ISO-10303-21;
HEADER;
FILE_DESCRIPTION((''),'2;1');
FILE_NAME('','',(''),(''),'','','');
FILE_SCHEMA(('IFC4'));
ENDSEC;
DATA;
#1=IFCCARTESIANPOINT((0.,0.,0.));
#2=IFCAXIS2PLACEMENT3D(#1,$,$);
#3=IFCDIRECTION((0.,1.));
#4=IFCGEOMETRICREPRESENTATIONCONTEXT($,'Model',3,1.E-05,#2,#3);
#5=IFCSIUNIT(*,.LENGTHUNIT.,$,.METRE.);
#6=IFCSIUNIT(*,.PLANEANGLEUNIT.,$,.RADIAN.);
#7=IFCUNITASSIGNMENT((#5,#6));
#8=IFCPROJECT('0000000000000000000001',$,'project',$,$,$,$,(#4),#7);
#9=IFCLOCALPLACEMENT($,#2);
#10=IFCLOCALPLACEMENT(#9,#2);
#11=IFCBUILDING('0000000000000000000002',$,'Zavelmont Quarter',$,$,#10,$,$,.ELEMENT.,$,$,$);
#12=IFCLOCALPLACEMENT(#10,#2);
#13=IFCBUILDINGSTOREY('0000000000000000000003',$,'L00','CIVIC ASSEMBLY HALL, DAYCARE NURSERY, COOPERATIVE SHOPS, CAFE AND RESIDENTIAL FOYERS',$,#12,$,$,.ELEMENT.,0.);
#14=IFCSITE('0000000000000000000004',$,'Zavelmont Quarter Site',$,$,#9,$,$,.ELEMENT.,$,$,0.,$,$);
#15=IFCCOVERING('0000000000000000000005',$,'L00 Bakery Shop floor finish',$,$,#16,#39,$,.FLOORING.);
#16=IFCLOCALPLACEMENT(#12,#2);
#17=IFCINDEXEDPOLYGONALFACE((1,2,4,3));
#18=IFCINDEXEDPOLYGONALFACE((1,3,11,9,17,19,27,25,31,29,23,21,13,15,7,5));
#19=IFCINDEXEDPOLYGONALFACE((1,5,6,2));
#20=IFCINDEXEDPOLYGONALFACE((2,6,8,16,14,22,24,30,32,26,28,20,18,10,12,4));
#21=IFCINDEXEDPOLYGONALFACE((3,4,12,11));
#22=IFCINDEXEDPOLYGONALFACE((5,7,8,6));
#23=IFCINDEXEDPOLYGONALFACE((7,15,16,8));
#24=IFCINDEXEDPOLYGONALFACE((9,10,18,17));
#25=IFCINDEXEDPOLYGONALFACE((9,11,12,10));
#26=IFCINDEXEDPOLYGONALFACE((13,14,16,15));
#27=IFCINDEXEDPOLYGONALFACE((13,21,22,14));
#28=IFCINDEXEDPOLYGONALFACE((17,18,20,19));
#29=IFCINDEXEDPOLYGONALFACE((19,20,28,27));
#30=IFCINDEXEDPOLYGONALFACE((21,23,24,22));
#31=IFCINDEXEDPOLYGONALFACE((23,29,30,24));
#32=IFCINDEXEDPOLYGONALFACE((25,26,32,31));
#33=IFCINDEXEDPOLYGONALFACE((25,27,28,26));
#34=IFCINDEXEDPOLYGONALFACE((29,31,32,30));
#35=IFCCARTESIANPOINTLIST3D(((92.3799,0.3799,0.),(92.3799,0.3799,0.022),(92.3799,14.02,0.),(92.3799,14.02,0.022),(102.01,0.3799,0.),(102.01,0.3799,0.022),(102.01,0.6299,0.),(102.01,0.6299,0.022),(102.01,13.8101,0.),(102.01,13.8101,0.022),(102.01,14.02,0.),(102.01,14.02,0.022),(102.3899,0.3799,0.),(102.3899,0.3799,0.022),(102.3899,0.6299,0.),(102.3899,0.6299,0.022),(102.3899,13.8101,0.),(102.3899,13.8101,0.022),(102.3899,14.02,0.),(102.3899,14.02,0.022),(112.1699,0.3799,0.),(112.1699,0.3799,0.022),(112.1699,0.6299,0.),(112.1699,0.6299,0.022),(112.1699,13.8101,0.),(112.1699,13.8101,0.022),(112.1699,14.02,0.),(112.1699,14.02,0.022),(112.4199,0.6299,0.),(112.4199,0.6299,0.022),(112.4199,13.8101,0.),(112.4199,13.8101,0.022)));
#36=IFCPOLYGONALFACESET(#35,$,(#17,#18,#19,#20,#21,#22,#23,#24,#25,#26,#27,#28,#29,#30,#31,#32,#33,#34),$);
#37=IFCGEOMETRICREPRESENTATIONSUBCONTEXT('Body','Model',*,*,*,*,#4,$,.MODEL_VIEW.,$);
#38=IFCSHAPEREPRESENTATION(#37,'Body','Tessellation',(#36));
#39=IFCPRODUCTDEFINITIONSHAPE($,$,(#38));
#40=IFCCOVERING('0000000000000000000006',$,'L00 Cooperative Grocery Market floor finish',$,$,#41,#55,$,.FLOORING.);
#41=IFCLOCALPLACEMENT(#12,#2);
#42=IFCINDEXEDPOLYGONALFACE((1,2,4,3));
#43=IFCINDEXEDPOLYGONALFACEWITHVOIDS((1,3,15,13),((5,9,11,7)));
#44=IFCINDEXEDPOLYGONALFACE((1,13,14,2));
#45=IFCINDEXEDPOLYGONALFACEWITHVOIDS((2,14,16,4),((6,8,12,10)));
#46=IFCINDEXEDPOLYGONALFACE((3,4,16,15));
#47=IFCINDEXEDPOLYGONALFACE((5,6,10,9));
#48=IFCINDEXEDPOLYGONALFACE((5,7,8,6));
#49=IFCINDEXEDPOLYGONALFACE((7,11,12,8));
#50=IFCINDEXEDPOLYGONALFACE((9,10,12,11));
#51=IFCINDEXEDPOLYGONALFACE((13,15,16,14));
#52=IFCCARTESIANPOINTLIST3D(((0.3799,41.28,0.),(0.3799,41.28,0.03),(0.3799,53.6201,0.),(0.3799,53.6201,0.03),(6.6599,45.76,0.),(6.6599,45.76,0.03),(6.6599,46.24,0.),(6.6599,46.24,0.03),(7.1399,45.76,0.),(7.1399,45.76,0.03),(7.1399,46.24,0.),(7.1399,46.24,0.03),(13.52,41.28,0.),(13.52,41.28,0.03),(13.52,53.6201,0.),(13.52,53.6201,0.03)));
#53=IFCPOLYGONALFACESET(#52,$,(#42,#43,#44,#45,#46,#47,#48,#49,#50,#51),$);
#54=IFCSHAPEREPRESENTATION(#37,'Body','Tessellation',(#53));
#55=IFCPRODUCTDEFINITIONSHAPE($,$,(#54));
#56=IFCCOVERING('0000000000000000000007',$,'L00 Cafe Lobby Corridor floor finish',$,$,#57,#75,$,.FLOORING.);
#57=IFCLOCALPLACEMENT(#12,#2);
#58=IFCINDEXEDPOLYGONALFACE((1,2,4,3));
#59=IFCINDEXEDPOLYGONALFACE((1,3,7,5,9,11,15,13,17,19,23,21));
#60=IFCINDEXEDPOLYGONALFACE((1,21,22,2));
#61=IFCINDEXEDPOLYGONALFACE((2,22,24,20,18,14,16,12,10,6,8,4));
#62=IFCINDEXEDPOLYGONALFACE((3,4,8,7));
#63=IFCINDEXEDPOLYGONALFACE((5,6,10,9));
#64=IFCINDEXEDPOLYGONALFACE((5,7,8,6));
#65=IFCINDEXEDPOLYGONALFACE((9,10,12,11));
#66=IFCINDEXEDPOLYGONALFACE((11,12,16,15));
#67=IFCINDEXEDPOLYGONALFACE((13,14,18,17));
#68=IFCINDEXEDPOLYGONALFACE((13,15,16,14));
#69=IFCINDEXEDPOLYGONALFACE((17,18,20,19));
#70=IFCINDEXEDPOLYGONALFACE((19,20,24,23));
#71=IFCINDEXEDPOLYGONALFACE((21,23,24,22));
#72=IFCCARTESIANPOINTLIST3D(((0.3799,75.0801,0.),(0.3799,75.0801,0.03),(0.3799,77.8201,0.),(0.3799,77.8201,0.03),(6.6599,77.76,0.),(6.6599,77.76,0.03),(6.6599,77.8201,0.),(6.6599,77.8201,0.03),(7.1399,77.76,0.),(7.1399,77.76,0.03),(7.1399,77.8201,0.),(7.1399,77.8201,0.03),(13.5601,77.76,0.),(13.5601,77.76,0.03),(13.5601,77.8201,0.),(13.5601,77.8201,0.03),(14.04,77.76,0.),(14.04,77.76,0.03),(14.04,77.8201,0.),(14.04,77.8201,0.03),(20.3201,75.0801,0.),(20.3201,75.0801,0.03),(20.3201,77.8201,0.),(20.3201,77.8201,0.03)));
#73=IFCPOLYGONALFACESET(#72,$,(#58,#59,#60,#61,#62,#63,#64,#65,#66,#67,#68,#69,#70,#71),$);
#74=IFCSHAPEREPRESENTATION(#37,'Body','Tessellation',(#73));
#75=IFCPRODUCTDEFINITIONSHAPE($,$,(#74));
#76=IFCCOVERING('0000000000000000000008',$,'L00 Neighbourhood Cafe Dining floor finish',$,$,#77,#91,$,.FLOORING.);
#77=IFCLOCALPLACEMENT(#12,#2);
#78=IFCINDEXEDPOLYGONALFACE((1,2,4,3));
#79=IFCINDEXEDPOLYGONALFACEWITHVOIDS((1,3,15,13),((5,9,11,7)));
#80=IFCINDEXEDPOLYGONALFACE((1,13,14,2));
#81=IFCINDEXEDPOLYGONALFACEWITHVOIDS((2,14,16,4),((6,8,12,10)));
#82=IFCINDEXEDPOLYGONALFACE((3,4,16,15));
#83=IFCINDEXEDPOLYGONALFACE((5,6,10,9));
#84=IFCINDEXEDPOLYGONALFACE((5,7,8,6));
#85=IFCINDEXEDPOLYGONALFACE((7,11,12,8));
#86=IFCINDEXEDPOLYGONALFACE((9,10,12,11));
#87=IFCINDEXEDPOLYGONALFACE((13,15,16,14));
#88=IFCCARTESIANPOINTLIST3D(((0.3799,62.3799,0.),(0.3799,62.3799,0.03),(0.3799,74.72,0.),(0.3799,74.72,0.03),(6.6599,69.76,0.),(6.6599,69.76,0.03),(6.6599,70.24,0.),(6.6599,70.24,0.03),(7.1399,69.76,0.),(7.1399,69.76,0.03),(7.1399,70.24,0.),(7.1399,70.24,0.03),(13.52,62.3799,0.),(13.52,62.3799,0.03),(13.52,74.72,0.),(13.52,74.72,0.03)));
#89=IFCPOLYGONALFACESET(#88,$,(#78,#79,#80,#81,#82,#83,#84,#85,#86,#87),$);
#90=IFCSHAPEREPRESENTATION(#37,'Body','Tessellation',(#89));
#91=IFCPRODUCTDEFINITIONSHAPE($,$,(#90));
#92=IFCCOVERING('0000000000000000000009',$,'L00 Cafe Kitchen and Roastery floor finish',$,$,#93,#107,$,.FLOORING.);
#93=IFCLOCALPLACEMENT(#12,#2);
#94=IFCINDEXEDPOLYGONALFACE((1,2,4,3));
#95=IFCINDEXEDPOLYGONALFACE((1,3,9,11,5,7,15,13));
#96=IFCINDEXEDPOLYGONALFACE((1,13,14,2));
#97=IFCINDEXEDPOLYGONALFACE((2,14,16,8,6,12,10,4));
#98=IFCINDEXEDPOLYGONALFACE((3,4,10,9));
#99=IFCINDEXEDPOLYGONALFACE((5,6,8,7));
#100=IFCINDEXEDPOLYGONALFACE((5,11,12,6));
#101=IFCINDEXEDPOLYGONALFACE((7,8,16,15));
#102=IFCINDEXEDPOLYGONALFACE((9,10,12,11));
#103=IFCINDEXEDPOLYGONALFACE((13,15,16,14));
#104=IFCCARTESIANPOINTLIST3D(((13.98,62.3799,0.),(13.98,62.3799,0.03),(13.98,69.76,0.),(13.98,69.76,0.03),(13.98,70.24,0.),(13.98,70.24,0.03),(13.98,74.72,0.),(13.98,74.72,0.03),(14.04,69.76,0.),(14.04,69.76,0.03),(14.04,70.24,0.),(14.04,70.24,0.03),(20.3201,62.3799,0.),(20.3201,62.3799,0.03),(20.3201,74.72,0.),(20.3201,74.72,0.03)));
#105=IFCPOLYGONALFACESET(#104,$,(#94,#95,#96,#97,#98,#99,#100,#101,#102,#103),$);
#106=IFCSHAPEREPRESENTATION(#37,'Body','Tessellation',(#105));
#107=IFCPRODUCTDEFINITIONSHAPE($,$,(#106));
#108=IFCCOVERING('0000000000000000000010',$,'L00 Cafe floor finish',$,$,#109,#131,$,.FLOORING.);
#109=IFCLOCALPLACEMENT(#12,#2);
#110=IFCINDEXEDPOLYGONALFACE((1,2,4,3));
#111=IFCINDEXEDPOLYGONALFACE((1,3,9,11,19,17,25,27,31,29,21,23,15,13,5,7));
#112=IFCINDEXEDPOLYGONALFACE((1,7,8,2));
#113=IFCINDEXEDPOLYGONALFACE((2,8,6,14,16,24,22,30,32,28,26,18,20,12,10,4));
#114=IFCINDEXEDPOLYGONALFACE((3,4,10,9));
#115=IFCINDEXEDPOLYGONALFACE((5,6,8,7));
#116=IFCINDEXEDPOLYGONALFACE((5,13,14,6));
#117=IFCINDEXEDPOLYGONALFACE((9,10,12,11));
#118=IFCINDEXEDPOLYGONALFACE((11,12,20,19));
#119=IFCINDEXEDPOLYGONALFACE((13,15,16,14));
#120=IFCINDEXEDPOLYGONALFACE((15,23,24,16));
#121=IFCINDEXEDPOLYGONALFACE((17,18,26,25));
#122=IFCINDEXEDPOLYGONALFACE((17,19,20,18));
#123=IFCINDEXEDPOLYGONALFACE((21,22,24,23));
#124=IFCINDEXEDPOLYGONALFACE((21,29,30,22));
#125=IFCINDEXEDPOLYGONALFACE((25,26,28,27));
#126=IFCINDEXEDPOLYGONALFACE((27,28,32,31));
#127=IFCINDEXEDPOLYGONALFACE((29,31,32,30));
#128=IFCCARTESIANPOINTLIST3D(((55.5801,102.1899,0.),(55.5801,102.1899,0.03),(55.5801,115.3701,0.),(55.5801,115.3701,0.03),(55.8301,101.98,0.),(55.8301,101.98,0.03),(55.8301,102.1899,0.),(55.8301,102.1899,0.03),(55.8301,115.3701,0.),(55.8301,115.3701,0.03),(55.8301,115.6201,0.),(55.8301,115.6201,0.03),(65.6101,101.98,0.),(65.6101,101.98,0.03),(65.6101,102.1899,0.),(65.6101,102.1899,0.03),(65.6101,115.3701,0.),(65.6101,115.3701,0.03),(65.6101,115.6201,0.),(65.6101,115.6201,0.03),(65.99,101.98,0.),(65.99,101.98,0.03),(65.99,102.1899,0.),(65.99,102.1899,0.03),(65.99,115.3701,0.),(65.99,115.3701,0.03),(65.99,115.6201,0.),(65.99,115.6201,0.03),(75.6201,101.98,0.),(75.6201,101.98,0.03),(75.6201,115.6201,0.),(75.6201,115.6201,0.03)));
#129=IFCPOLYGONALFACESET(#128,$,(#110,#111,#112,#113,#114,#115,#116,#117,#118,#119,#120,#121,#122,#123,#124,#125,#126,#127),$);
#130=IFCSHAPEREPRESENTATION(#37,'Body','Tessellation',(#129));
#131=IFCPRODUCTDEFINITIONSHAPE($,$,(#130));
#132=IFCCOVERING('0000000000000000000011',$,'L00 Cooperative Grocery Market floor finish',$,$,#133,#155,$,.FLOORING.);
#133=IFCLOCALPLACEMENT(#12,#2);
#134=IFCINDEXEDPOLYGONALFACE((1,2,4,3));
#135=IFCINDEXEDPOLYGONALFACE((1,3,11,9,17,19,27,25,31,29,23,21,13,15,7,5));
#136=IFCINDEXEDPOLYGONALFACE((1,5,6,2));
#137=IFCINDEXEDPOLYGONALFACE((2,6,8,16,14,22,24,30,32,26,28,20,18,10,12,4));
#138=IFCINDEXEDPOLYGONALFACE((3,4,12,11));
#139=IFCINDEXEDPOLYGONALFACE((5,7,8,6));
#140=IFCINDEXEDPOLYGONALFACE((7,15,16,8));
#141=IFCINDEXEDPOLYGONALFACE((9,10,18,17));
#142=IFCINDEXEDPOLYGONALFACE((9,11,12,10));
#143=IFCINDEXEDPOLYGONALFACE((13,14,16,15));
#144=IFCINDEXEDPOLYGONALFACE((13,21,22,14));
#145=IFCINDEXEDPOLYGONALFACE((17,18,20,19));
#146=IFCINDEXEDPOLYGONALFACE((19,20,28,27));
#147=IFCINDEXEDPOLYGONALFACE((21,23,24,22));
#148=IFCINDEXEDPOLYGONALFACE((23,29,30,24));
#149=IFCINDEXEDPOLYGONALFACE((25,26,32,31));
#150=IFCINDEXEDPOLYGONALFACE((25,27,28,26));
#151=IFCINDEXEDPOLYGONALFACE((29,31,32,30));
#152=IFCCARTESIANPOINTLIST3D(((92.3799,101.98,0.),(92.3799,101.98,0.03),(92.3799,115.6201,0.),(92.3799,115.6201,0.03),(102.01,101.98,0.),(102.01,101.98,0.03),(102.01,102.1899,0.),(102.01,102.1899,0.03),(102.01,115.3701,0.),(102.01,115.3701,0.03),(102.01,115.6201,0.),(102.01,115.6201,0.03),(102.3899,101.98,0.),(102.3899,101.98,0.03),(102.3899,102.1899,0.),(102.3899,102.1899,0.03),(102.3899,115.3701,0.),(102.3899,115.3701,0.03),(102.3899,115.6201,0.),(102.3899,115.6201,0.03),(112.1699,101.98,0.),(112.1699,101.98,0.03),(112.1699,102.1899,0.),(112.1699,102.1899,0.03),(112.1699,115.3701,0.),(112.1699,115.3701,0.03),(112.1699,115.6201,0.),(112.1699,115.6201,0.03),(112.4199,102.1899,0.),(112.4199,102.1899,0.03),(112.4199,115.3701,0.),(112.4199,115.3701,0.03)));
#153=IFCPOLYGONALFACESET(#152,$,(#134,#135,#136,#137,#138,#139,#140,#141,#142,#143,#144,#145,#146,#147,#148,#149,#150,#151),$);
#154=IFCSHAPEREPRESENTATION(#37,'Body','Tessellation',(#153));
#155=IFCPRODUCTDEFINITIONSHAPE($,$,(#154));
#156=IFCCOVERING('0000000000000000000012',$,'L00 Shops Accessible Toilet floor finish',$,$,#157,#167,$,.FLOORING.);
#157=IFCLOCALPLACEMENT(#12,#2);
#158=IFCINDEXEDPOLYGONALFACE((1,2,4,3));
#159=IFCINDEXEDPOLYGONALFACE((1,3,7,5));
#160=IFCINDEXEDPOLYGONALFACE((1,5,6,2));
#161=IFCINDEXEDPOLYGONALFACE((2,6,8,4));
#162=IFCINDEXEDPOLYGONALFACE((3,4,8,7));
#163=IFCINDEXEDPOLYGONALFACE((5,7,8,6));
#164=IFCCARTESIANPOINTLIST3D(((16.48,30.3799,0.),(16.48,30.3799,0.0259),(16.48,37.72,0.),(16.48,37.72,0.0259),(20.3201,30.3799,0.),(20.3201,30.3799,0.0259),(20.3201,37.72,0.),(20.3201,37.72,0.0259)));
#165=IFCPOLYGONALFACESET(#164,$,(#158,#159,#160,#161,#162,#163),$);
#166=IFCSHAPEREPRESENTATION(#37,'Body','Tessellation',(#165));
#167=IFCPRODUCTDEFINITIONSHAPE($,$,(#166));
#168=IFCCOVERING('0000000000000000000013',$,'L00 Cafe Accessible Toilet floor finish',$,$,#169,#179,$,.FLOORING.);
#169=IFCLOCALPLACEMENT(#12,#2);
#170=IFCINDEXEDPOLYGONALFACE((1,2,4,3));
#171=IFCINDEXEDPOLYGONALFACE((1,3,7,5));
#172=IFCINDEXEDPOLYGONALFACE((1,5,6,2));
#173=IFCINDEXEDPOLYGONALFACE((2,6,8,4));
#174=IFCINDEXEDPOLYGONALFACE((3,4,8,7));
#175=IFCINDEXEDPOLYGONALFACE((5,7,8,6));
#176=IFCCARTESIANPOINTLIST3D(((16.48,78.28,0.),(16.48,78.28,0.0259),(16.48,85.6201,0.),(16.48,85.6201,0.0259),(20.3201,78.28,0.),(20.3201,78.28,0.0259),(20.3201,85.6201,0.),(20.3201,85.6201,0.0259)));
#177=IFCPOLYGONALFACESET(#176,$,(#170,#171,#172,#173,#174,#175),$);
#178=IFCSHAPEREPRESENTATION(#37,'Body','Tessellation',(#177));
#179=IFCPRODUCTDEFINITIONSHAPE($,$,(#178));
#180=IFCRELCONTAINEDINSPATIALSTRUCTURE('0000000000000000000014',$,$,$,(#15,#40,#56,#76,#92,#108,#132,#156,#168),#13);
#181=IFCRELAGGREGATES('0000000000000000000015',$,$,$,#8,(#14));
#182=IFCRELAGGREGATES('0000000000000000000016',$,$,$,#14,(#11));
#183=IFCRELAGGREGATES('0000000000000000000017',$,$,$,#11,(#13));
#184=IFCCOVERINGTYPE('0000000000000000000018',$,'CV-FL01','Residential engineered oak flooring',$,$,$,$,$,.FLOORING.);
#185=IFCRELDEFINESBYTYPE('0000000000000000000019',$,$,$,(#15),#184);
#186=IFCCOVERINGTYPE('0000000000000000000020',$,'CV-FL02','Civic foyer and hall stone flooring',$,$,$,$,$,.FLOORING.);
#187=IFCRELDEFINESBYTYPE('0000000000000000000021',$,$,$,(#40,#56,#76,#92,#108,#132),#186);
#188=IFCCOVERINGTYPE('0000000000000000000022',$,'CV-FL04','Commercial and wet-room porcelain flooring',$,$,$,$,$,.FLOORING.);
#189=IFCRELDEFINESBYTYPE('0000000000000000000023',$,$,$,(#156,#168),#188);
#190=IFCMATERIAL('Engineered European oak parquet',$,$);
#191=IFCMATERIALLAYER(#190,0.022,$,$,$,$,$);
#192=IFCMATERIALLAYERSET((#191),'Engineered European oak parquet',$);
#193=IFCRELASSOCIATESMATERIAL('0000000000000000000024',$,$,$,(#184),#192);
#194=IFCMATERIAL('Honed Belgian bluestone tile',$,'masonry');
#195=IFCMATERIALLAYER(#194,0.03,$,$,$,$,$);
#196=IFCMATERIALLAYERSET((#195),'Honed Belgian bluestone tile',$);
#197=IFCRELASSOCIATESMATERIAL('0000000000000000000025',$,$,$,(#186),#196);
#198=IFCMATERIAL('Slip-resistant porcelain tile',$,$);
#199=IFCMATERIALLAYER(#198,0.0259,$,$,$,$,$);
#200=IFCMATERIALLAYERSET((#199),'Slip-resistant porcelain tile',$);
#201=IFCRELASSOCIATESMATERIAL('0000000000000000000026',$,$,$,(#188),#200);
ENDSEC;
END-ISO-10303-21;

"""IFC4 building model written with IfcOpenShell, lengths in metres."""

from ifc_helpers import new_model, si_unit, direction, origin, place, context, subcontext, project, spatial, polyline, outline, extrude, material, layer, layer_set, type_object, element, save


model = new_model("IFC4")

# Units and contexts
model_context = context("Model", 3, precision=1e-05, world=origin(), true_north=direction((0.0, 1.0)))
body_context = subcontext(model_context, "Body", "Model", "MODEL_VIEW")
ifc_project = project(units=[si_unit("LENGTHUNIT", "METRE"), si_unit("PLANEANGLEUNIT", "RADIAN")], contexts=[model_context])

# Site, building, storey
site_placement = place(None, origin())
site = spatial("IfcSite", under=ifc_project, at=site_placement, Name="Zavelmont Quarter Site", CompositionType="ELEMENT", RefElevation=0.0)
building_placement = place(site_placement, origin())
building = spatial("IfcBuilding", under=site, at=building_placement, Name="Zavelmont Quarter", CompositionType="ELEMENT")
storey_placement = place(building_placement, origin())
storey = spatial("IfcBuildingStorey", under=building, at=storey_placement, Name="L00", Description="CIVIC ASSEMBLY HALL, DAYCARE NURSERY, COOPERATIVE SHOPS, CAFE AND RESIDENTIAL FOYERS", CompositionType="ELEMENT", Elevation=0.0)

# Coverings
ifc_material_1 = material(Name="Engineered European oak parquet")
ifc_layer_1 = layer(ifc_material_1, 0.022)
ifc_layer_set_1 = layer_set([ifc_layer_1], Name="Engineered European oak parquet")
covering_type_1 = type_object("IfcCoveringType", Name="CV-FL01", Description="Residential engineered oak flooring", PredefinedType="FLOORING", material=ifc_layer_set_1)
covering_1_placement = place(storey_placement, origin())
element("IfcCovering", 1, at=covering_1_placement, inside=storey, type_object=covering_type_1, Name="L00 Bakery Shop floor finish", PredefinedType="FLOORING", context=body_context, shape_type="SweptSolid", body=[
    extrude(outline(polyline([(92.3799, 14.02), (102.01, 14.02), (102.01, 13.8101), (102.3899, 13.8101), (102.3899, 14.02), (112.1699, 14.02), (112.1699, 13.8101), (112.4199, 13.8101), (112.4199, 0.6299), (112.1699, 0.6299), (112.1699, 0.3799), (102.3899, 0.3799), (102.3899, 0.6299), (102.01, 0.6299), (102.01, 0.3799), (92.3799, 0.3799), (92.3799, 14.02)])), origin(), (0.0, 0.0, 1.0), 0.022),
])
ifc_material_2 = material(Name="Honed Belgian bluestone tile", Category="masonry")
ifc_layer_2 = layer(ifc_material_2, 0.03)
ifc_layer_set_2 = layer_set([ifc_layer_2], Name="Honed Belgian bluestone tile")
covering_type_2 = type_object("IfcCoveringType", Name="CV-FL02", Description="Civic foyer and hall stone flooring", PredefinedType="FLOORING", material=ifc_layer_set_2)
covering_2_placement = place(storey_placement, origin())
element("IfcCovering", 2, at=covering_2_placement, inside=storey, type_object=covering_type_2, Name="L00 Cooperative Grocery Market floor finish", PredefinedType="FLOORING", context=body_context, shape_type="SweptSolid", body=[
    extrude(outline(polyline([(0.3799, 53.6201), (13.52, 53.6201), (13.52, 41.28), (0.3799, 41.28), (0.3799, 53.6201)]), holes=[polyline([(7.1399, 46.24), (6.6599, 46.24), (6.6599, 45.76), (7.1399, 45.76), (7.1399, 46.24)])]), origin(), (0.0, 0.0, 1.0), 0.03),
])
covering_3_placement = place(storey_placement, origin())
element("IfcCovering", 3, at=covering_3_placement, inside=storey, type_object=covering_type_2, Name="L00 Cafe Lobby Corridor floor finish", PredefinedType="FLOORING", context=body_context, shape_type="SweptSolid", body=[
    extrude(outline(polyline([(0.3799, 77.8201), (6.6599, 77.8201), (6.6599, 77.76), (7.1399, 77.76), (7.1399, 77.8201), (13.5601, 77.8201), (13.5601, 77.76), (14.04, 77.76), (14.04, 77.8201), (20.3201, 77.8201), (20.3201, 75.0801), (0.3799, 75.0801), (0.3799, 77.8201)])), origin(), (0.0, 0.0, 1.0), 0.03),
])
covering_4_placement = place(storey_placement, origin())
element("IfcCovering", 4, at=covering_4_placement, inside=storey, type_object=covering_type_2, Name="L00 Neighbourhood Cafe Dining floor finish", PredefinedType="FLOORING", context=body_context, shape_type="SweptSolid", body=[
    extrude(outline(polyline([(0.3799, 74.72), (13.52, 74.72), (13.52, 62.3799), (0.3799, 62.3799), (0.3799, 74.72)]), holes=[polyline([(7.1399, 70.24), (6.6599, 70.24), (6.6599, 69.76), (7.1399, 69.76), (7.1399, 70.24)])]), origin(), (0.0, 0.0, 1.0), 0.03),
])
covering_5_placement = place(storey_placement, origin())
element("IfcCovering", 5, at=covering_5_placement, inside=storey, type_object=covering_type_2, Name="L00 Cafe Kitchen and Roastery floor finish", PredefinedType="FLOORING", context=body_context, shape_type="SweptSolid", body=[
    extrude(outline(polyline([(13.98, 69.76), (14.04, 69.76), (14.04, 70.24), (13.98, 70.24), (13.98, 74.72), (20.3201, 74.72), (20.3201, 62.3799), (13.98, 62.3799), (13.98, 69.76)])), origin(), (0.0, 0.0, 1.0), 0.03),
])
covering_6_placement = place(storey_placement, origin())
element("IfcCovering", 6, at=covering_6_placement, inside=storey, type_object=covering_type_2, Name="L00 Cafe floor finish", PredefinedType="FLOORING", context=body_context, shape_type="SweptSolid", body=[
    extrude(outline(polyline([(55.5801, 115.3701), (55.8301, 115.3701), (55.8301, 115.6201), (65.6101, 115.6201), (65.6101, 115.3701), (65.99, 115.3701), (65.99, 115.6201), (75.6201, 115.6201), (75.6201, 101.98), (65.99, 101.98), (65.99, 102.1899), (65.6101, 102.1899), (65.6101, 101.98), (55.8301, 101.98), (55.8301, 102.1899), (55.5801, 102.1899), (55.5801, 115.3701)])), origin(), (0.0, 0.0, 1.0), 0.03),
])
covering_7_placement = place(storey_placement, origin())
element("IfcCovering", 7, at=covering_7_placement, inside=storey, type_object=covering_type_2, Name="L00 Cooperative Grocery Market floor finish", PredefinedType="FLOORING", context=body_context, shape_type="SweptSolid", body=[
    extrude(outline(polyline([(92.3799, 115.6201), (102.01, 115.6201), (102.01, 115.3701), (102.3899, 115.3701), (102.3899, 115.6201), (112.1699, 115.6201), (112.1699, 115.3701), (112.4199, 115.3701), (112.4199, 102.1899), (112.1699, 102.1899), (112.1699, 101.98), (102.3899, 101.98), (102.3899, 102.1899), (102.01, 102.1899), (102.01, 101.98), (92.3799, 101.98), (92.3799, 115.6201)])), origin(), (0.0, 0.0, 1.0), 0.03),
])
ifc_material_3 = material(Name="Slip-resistant porcelain tile")
ifc_layer_3 = layer(ifc_material_3, 0.0259)
ifc_layer_set_3 = layer_set([ifc_layer_3], Name="Slip-resistant porcelain tile")
covering_type_3 = type_object("IfcCoveringType", Name="CV-FL04", Description="Commercial and wet-room porcelain flooring", PredefinedType="FLOORING", material=ifc_layer_set_3)
covering_8_placement = place(storey_placement, origin())
element("IfcCovering", 8, at=covering_8_placement, inside=storey, type_object=covering_type_3, Name="L00 Shops Accessible Toilet floor finish", PredefinedType="FLOORING", context=body_context, shape_type="SweptSolid", body=[
    extrude(outline(polyline([(16.48, 37.72), (20.3201, 37.72), (20.3201, 30.3799), (16.48, 30.3799), (16.48, 37.72)])), origin(), (0.0, 0.0, 1.0), 0.0259),
])
covering_9_placement = place(storey_placement, origin())
element("IfcCovering", 9, at=covering_9_placement, inside=storey, type_object=covering_type_3, Name="L00 Cafe Accessible Toilet floor finish", PredefinedType="FLOORING", context=body_context, shape_type="SweptSolid", body=[
    extrude(outline(polyline([(16.48, 85.6201), (20.3201, 85.6201), (20.3201, 78.28), (16.48, 78.28), (16.48, 85.6201)])), origin(), (0.0, 0.0, 1.0), 0.0259),
])

save(model, "model.ifc")
